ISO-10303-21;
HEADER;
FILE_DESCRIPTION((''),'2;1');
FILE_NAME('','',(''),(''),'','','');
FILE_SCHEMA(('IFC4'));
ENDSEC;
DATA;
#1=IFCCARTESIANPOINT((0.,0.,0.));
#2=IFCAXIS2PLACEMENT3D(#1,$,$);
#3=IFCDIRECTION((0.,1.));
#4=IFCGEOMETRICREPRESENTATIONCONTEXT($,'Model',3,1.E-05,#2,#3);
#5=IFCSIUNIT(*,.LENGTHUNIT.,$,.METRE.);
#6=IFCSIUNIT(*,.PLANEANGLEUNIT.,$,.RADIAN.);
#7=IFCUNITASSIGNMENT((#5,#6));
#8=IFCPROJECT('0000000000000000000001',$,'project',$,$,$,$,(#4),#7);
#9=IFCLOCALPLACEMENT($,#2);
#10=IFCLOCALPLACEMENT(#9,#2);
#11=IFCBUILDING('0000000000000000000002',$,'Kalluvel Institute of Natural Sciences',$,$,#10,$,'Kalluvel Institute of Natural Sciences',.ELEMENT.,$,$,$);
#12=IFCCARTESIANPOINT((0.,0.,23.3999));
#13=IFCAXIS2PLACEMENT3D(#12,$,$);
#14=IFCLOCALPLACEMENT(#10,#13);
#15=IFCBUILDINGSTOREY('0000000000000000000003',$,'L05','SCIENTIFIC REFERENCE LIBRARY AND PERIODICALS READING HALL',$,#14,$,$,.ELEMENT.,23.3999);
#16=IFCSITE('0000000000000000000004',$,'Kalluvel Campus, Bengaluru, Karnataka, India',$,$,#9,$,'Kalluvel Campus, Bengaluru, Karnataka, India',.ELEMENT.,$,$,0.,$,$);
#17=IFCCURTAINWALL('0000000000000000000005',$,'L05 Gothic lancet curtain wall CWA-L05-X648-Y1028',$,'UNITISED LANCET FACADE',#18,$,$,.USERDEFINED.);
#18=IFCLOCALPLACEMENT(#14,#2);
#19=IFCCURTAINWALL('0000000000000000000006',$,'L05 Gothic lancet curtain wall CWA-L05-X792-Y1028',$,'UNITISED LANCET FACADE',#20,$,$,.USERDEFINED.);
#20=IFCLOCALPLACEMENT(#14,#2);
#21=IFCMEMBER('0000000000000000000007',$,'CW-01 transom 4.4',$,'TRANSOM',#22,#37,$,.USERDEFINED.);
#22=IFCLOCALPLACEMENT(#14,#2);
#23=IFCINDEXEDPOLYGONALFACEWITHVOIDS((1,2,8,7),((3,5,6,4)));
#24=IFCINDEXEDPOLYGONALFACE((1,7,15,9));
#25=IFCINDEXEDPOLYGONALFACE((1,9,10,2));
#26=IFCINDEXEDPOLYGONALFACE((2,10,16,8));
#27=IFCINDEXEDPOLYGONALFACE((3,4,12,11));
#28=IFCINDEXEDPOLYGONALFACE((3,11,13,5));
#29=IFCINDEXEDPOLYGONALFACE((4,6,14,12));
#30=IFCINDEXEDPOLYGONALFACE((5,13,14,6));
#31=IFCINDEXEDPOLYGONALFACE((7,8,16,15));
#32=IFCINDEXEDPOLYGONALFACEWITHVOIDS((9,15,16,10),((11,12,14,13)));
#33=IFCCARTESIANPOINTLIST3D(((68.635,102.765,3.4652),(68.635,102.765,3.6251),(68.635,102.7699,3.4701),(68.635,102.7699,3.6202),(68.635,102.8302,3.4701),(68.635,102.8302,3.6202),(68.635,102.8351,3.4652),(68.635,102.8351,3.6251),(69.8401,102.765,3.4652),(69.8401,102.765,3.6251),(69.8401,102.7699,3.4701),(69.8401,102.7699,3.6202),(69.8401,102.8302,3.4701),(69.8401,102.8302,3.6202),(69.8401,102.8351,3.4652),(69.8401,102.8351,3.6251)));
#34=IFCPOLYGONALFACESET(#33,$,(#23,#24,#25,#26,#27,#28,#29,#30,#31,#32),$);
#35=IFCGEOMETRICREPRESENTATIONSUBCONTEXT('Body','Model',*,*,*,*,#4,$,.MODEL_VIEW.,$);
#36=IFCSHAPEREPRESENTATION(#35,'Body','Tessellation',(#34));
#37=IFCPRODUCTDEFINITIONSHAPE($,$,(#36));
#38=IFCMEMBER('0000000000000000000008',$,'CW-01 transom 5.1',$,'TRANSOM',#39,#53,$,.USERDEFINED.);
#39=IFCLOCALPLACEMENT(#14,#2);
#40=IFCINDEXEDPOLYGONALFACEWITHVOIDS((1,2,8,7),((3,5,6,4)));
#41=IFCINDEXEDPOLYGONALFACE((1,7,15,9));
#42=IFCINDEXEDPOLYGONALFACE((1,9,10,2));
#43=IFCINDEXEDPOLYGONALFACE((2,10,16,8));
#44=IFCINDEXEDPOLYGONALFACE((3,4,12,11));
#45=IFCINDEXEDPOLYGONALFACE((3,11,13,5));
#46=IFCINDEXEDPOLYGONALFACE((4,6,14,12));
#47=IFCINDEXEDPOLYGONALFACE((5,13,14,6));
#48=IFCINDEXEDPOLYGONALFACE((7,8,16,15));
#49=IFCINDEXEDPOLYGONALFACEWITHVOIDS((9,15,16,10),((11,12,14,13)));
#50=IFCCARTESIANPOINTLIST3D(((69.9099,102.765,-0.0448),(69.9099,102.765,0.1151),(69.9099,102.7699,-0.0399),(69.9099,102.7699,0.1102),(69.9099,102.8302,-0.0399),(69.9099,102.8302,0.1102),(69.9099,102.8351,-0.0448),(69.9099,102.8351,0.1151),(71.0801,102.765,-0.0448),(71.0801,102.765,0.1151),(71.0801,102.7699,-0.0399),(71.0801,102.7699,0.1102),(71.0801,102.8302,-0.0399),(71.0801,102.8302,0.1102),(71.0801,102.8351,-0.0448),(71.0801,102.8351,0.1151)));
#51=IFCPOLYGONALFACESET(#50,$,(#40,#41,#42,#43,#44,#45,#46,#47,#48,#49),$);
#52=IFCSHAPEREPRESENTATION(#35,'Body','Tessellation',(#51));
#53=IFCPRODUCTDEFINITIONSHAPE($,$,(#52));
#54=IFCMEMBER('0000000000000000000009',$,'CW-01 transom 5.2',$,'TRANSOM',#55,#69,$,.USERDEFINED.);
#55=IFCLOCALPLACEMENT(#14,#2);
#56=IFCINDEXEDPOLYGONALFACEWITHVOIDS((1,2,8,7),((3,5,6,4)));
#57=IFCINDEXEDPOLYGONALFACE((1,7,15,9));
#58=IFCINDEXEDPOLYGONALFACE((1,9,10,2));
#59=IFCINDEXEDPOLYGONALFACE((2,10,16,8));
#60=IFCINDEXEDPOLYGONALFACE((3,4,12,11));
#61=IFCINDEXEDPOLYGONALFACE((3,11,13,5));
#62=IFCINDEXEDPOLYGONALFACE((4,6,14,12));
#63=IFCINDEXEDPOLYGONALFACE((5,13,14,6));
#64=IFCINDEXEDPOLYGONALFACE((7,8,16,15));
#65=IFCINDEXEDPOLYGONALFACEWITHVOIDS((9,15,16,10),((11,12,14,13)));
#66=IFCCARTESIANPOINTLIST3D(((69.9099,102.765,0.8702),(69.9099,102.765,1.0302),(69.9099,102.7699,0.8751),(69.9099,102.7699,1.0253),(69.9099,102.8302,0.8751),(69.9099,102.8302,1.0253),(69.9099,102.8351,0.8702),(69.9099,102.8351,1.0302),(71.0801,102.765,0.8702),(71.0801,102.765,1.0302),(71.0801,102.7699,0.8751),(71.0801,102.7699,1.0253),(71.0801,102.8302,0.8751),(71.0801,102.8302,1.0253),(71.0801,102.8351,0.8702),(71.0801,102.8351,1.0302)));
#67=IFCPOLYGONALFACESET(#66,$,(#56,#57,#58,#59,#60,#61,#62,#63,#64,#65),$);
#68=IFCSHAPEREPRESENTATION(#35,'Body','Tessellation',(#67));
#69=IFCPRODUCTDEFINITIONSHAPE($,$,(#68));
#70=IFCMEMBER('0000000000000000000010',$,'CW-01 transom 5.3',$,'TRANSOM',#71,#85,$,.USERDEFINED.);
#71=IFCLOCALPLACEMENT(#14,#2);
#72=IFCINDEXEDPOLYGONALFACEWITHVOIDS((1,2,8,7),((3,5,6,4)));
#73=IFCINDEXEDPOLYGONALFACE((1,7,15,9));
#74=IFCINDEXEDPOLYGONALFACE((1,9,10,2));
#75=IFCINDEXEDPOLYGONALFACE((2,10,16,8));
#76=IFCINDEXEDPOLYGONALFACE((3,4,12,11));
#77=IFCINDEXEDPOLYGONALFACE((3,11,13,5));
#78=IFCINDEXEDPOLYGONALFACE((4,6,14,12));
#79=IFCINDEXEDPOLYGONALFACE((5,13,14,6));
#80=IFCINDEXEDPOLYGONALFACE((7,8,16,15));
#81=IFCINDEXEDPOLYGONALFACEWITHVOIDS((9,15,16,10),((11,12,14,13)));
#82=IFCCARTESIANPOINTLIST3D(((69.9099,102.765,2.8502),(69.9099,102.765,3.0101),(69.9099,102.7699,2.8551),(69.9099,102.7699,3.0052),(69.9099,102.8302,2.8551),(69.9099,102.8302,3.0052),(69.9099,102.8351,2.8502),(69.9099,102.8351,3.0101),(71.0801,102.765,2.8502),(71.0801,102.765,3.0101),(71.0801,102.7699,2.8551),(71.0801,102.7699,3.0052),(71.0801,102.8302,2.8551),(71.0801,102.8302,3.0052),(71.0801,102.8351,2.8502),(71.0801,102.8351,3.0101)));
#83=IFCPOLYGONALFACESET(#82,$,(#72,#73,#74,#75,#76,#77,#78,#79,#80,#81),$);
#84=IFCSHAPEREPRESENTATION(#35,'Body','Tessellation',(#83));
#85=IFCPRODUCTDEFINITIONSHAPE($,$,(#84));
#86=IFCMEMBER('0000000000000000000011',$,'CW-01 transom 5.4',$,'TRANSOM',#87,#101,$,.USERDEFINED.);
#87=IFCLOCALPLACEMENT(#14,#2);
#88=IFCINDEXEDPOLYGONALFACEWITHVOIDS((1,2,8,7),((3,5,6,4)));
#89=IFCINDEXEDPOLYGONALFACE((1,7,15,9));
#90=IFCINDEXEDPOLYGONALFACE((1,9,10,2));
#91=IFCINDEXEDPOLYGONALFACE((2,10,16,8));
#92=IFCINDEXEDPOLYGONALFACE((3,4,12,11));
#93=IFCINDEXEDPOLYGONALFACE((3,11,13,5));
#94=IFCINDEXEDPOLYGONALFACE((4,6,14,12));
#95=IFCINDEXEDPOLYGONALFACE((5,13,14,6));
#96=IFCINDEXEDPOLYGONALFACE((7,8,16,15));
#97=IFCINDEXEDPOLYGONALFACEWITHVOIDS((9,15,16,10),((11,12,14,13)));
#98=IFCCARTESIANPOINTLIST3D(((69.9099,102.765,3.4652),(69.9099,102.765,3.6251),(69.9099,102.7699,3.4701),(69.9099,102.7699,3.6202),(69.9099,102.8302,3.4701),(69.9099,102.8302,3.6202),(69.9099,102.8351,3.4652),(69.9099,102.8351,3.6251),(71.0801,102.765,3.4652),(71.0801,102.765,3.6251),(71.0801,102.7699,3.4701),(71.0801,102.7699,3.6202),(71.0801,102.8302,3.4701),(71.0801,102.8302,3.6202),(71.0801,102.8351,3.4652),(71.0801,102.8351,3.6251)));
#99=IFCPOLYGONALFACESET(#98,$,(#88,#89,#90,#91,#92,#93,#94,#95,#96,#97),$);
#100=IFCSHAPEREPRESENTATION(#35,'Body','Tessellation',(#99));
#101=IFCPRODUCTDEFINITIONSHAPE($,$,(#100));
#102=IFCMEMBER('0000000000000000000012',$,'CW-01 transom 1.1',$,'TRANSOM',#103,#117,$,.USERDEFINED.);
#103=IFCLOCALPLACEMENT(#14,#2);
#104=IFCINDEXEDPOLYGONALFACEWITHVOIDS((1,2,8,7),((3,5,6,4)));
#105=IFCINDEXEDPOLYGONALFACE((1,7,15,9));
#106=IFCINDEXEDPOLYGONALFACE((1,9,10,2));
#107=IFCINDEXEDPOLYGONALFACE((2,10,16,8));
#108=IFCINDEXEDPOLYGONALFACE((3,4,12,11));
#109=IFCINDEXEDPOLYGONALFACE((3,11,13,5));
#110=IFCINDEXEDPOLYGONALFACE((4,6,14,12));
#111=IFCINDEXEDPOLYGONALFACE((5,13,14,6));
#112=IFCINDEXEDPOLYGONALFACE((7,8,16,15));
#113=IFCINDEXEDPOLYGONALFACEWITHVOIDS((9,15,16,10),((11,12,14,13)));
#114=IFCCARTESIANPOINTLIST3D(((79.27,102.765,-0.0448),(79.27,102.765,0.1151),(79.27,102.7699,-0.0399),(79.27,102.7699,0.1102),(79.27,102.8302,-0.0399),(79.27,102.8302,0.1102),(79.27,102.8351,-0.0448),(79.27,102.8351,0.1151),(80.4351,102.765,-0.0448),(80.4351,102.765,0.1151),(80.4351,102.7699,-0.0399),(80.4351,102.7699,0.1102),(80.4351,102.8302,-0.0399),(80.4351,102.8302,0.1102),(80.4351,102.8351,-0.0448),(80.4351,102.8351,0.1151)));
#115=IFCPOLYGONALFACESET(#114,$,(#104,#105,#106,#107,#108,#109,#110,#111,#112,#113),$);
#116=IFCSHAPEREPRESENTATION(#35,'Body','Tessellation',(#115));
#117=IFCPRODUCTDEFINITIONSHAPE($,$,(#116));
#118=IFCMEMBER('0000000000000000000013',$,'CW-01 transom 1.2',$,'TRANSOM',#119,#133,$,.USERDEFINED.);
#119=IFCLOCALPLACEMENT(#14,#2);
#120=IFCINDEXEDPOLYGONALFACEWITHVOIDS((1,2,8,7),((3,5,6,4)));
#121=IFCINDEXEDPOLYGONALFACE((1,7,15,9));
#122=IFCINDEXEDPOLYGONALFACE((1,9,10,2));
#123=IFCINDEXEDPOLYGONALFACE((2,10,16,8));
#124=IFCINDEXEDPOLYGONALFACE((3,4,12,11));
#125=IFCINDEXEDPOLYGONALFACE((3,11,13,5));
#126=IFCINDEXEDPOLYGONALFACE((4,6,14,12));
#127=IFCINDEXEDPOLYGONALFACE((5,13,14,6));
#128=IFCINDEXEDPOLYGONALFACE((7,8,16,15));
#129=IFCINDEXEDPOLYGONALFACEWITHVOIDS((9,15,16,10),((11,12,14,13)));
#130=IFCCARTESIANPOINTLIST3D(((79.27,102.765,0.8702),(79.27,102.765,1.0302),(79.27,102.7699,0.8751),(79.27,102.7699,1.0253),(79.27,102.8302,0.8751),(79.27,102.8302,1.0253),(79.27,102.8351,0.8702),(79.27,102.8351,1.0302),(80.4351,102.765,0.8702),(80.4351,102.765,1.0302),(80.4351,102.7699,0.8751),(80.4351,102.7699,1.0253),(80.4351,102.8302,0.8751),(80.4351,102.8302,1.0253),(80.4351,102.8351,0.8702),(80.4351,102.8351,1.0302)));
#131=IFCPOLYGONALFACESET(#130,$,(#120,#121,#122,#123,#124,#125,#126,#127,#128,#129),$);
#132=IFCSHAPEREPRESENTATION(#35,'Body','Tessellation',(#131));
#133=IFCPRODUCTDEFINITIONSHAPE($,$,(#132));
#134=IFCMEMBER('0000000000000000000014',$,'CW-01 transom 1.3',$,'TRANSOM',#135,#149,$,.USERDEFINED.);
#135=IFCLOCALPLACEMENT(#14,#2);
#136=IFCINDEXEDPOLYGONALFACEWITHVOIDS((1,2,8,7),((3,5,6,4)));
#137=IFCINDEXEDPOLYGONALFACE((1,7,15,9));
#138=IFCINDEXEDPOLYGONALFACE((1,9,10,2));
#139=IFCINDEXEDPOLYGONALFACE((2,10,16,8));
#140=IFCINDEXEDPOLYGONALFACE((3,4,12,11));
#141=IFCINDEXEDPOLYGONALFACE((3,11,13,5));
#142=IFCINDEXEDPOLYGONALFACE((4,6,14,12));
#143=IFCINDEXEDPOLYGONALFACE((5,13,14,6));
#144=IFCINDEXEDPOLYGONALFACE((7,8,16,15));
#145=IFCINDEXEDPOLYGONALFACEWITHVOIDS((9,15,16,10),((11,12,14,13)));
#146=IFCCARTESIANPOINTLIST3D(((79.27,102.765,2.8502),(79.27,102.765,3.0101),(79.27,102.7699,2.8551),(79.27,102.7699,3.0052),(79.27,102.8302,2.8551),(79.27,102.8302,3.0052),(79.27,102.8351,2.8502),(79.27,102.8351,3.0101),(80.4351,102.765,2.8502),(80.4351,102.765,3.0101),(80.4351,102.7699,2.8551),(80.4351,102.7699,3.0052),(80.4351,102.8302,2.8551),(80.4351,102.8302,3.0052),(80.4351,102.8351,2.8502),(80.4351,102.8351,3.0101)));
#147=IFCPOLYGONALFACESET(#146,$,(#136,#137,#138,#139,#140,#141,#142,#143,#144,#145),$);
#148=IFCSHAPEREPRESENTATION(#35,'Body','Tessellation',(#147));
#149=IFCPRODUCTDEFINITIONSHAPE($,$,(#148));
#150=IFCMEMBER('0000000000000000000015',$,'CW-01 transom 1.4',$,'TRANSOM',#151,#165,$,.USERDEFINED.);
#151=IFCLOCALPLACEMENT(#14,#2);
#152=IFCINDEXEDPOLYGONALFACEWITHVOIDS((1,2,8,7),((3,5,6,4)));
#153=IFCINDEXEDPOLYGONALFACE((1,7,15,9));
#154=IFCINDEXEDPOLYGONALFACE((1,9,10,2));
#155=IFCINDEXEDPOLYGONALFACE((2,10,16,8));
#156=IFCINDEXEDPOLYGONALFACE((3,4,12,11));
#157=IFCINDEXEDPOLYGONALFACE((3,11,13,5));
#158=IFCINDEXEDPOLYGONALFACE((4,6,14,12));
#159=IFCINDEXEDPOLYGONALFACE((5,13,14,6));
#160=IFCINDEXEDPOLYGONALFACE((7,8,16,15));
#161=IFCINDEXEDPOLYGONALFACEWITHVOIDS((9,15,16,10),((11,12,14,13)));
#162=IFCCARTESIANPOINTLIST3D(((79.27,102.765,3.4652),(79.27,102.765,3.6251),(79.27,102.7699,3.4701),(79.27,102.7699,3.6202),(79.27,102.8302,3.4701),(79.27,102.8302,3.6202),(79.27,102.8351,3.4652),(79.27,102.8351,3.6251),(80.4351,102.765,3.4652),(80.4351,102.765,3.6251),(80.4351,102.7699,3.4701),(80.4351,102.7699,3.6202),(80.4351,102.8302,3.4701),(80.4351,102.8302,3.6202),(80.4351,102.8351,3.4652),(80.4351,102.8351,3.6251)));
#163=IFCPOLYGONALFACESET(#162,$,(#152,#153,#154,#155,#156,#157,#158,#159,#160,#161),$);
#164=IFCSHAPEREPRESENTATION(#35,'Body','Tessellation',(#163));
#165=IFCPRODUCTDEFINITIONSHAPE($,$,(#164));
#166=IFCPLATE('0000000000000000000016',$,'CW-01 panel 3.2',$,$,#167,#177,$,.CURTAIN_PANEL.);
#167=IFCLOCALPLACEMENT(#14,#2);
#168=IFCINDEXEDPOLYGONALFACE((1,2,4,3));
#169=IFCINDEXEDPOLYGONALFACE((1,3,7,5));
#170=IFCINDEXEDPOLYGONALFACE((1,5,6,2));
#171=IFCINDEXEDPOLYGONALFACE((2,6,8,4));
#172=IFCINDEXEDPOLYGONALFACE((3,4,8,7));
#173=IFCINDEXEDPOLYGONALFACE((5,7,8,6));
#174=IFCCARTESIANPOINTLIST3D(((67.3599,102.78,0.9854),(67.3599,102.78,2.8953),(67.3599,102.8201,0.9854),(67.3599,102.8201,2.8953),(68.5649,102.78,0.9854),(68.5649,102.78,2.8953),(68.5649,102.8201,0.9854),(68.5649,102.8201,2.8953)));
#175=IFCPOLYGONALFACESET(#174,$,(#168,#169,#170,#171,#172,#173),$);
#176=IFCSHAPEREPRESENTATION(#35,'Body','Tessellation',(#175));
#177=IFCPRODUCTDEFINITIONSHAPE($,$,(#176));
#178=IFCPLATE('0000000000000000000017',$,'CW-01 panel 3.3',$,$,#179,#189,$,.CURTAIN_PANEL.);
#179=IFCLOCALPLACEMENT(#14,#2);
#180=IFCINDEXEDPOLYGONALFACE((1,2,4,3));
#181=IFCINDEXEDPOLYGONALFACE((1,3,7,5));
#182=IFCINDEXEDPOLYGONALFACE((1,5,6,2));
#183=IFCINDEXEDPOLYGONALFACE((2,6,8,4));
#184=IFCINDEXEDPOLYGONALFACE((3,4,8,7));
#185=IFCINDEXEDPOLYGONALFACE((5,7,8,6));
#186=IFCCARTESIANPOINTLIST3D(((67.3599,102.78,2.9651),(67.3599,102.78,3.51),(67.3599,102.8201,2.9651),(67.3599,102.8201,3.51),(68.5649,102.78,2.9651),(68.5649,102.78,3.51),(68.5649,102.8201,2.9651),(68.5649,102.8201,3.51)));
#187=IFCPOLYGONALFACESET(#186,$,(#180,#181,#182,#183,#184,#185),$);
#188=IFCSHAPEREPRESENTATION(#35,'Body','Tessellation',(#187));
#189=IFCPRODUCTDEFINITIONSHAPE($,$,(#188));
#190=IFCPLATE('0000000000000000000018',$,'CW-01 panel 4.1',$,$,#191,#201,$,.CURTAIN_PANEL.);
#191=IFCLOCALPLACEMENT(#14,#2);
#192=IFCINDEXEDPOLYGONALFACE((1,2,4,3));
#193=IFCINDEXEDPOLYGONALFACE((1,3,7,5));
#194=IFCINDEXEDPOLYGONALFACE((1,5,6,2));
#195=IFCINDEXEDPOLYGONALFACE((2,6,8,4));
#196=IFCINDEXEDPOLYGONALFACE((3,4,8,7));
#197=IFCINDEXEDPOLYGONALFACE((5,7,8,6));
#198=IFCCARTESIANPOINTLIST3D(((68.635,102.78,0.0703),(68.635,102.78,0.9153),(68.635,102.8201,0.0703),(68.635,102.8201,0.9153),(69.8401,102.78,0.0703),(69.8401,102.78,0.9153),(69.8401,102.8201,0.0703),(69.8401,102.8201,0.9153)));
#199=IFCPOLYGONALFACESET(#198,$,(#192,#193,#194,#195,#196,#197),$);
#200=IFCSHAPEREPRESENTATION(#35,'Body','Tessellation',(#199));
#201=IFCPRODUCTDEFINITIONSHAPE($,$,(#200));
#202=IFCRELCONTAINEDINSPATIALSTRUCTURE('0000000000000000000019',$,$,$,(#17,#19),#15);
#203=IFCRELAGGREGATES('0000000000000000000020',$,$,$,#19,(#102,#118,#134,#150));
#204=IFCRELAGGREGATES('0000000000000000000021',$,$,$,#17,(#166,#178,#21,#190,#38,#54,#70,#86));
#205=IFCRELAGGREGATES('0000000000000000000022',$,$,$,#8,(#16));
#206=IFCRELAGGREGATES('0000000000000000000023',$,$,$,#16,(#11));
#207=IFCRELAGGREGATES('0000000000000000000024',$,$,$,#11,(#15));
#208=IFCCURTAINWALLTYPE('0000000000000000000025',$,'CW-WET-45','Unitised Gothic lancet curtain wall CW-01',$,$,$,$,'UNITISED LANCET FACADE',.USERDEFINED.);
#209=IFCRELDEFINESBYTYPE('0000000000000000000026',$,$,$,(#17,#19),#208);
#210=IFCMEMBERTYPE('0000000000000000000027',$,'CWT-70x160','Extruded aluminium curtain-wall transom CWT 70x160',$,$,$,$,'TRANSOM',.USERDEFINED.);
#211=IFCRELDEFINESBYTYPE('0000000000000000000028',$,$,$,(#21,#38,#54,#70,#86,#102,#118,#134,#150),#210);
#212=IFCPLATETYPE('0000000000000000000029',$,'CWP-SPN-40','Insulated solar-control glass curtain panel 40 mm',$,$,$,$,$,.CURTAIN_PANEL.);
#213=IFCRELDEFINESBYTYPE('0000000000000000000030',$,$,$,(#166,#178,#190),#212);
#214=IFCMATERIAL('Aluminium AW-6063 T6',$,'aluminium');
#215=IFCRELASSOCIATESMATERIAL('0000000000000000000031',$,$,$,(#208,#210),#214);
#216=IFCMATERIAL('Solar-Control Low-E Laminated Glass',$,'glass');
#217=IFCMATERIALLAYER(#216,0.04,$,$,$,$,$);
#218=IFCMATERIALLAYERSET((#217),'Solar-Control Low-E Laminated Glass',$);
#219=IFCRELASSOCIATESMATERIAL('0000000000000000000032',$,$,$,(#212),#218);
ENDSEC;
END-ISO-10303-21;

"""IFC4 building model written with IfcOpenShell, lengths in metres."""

from ifc_helpers import new_model, si_unit, direction, frame, origin, origin_2d, place, context, subcontext, project, spatial, rectangle, hollow_rectangle, extrude, material, layer, layer_set, material_profile, profile_set, type_object, element, aggregate, save


model = new_model("IFC4")

# Units and contexts
model_context = context("Model", 3, precision=1e-05, world=origin(), true_north=direction((0.0, 1.0)))
body_context = subcontext(model_context, "Body", "Model", "MODEL_VIEW")
ifc_project = project(units=[si_unit("LENGTHUNIT", "METRE"), si_unit("PLANEANGLEUNIT", "RADIAN")], contexts=[model_context])

# Site, building, storey
site_placement = place(None, origin())
site = spatial("IfcSite", under=ifc_project, at=site_placement, Name="Kalluvel Campus, Bengaluru, Karnataka, India", LongName="Kalluvel Campus, Bengaluru, Karnataka, India", CompositionType="ELEMENT", RefElevation=0.0)
building_placement = place(site_placement, origin())
building = spatial("IfcBuilding", under=site, at=building_placement, Name="Kalluvel Institute of Natural Sciences", LongName="Kalluvel Institute of Natural Sciences", CompositionType="ELEMENT")
storey_placement = place(building_placement, frame((0.0, 0.0, 23.3999)))
storey = spatial("IfcBuildingStorey", under=building, at=storey_placement, Name="L05", Description="SCIENTIFIC REFERENCE LIBRARY AND PERIODICALS READING HALL", CompositionType="ELEMENT", Elevation=23.3999)

# Curtain wall
ifc_material_1 = material(Name="Aluminium AW-6063 T6", Category="aluminium")
curtain_wall_type = type_object("IfcCurtainWallType", Name="CW-WET-45", Description="Unitised Gothic lancet curtain wall CW-01", ElementType="UNITISED LANCET FACADE", PredefinedType="USERDEFINED", material=ifc_material_1)
curtain_wall_1_placement = place(storey_placement, origin())
curtain_wall_1 = element("IfcCurtainWall", 1, at=curtain_wall_1_placement, inside=storey, type_object=curtain_wall_type, Name="L05 Gothic lancet curtain wall CWA-L05-X648-Y1028", ObjectType="UNITISED LANCET FACADE", PredefinedType="USERDEFINED")

# Curtain wall
curtain_wall_2_placement = place(storey_placement, origin())
curtain_wall_2 = element("IfcCurtainWall", 2, at=curtain_wall_2_placement, inside=storey, type_object=curtain_wall_type, Name="L05 Gothic lancet curtain wall CWA-L05-X792-Y1028", ObjectType="UNITISED LANCET FACADE", PredefinedType="USERDEFINED")

# Members
ifc_material_profile_1 = material_profile(ifc_material_1, hollow_rectangle(XDim=0.0701, YDim=0.1599, WallThickness=0.0049, at=origin_2d()), Name="CWT 70x160")
ifc_profile_set_1 = profile_set([ifc_material_profile_1], Name="Aluminium AW-6063 T6")
member_type_1 = type_object("IfcMemberType", Name="CWT-70x160", Description="Extruded aluminium curtain-wall transom CWT 70x160", ElementType="TRANSOM", PredefinedType="USERDEFINED", material=ifc_profile_set_1)
member_1_placement = place(storey_placement, frame((68.635, 102.8, 3.5452), z_axis=(1.0, 0.0, 0.0), x_axis=(0.0, 1.0, 0.0)))
member_1 = element("IfcMember", 3, at=member_1_placement, type_object=member_type_1, Name="CW-01 transom 4.4", ObjectType="TRANSOM", PredefinedType="USERDEFINED", context=body_context, shape_type="SweptSolid", body=[
    extrude(hollow_rectangle(XDim=0.0701, YDim=0.1599, WallThickness=0.0049, at=origin_2d()), origin(), (0.0, 0.0, 1.0), 1.2051),
])
member_2_placement = place(storey_placement, frame((69.9099, 102.8, 0.0352), z_axis=(1.0, 0.0, 0.0), x_axis=(0.0, 1.0, 0.0)))
member_2 = element("IfcMember", 4, at=member_2_placement, type_object=member_type_1, Name="CW-01 transom 5.1", ObjectType="TRANSOM", PredefinedType="USERDEFINED", context=body_context, shape_type="SweptSolid", body=[
    extrude(hollow_rectangle(XDim=0.0701, YDim=0.1599, WallThickness=0.0049, at=origin_2d()), origin(), (0.0, 0.0, 1.0), 1.1702),
])
member_3_placement = place(storey_placement, frame((69.9099, 102.8, 0.9502), z_axis=(1.0, 0.0, 0.0), x_axis=(0.0, 1.0, 0.0)))
member_3 = element("IfcMember", 5, at=member_3_placement, type_object=member_type_1, Name="CW-01 transom 5.2", ObjectType="TRANSOM", PredefinedType="USERDEFINED", context=body_context, shape_type="SweptSolid", body=[
    extrude(hollow_rectangle(XDim=0.0701, YDim=0.1599, WallThickness=0.0049, at=origin_2d()), origin(), (0.0, 0.0, 1.0), 1.1702),
])
member_4_placement = place(storey_placement, frame((69.9099, 102.8, 2.9302), z_axis=(1.0, 0.0, 0.0), x_axis=(0.0, 1.0, 0.0)))
member_4 = element("IfcMember", 6, at=member_4_placement, type_object=member_type_1, Name="CW-01 transom 5.3", ObjectType="TRANSOM", PredefinedType="USERDEFINED", context=body_context, shape_type="SweptSolid", body=[
    extrude(hollow_rectangle(XDim=0.0701, YDim=0.1599, WallThickness=0.0049, at=origin_2d()), origin(), (0.0, 0.0, 1.0), 1.1702),
])
member_5_placement = place(storey_placement, frame((69.9099, 102.8, 3.5452), z_axis=(1.0, 0.0, 0.0), x_axis=(0.0, 1.0, 0.0)))
member_5 = element("IfcMember", 7, at=member_5_placement, type_object=member_type_1, Name="CW-01 transom 5.4", ObjectType="TRANSOM", PredefinedType="USERDEFINED", context=body_context, shape_type="SweptSolid", body=[
    extrude(hollow_rectangle(XDim=0.0701, YDim=0.1599, WallThickness=0.0049, at=origin_2d()), origin(), (0.0, 0.0, 1.0), 1.1702),
])
member_6_placement = place(storey_placement, frame((79.27, 102.8, 0.0352), z_axis=(1.0, 0.0, 0.0), x_axis=(0.0, 1.0, 0.0)))
member_6 = element("IfcMember", 8, at=member_6_placement, type_object=member_type_1, Name="CW-01 transom 1.1", ObjectType="TRANSOM", PredefinedType="USERDEFINED", context=body_context, shape_type="SweptSolid", body=[
    extrude(hollow_rectangle(XDim=0.0701, YDim=0.1599, WallThickness=0.0049, at=origin_2d()), origin(), (0.0, 0.0, 1.0), 1.165),
])
member_7_placement = place(storey_placement, frame((79.27, 102.8, 0.9502), z_axis=(1.0, 0.0, 0.0), x_axis=(0.0, 1.0, 0.0)))
member_7 = element("IfcMember", 9, at=member_7_placement, type_object=member_type_1, Name="CW-01 transom 1.2", ObjectType="TRANSOM", PredefinedType="USERDEFINED", context=body_context, shape_type="SweptSolid", body=[
    extrude(hollow_rectangle(XDim=0.0701, YDim=0.1599, WallThickness=0.0049, at=origin_2d()), origin(), (0.0, 0.0, 1.0), 1.165),
])
member_8_placement = place(storey_placement, frame((79.27, 102.8, 2.9302), z_axis=(1.0, 0.0, 0.0), x_axis=(0.0, 1.0, 0.0)))
member_8 = element("IfcMember", 10, at=member_8_placement, type_object=member_type_1, Name="CW-01 transom 1.3", ObjectType="TRANSOM", PredefinedType="USERDEFINED", context=body_context, shape_type="SweptSolid", body=[
    extrude(hollow_rectangle(XDim=0.0701, YDim=0.1599, WallThickness=0.0049, at=origin_2d()), origin(), (0.0, 0.0, 1.0), 1.165),
])
member_9_placement = place(storey_placement, frame((79.27, 102.8, 3.5452), z_axis=(1.0, 0.0, 0.0), x_axis=(0.0, 1.0, 0.0)))
member_9 = element("IfcMember", 11, at=member_9_placement, type_object=member_type_1, Name="CW-01 transom 1.4", ObjectType="TRANSOM", PredefinedType="USERDEFINED", context=body_context, shape_type="SweptSolid", body=[
    extrude(hollow_rectangle(XDim=0.0701, YDim=0.1599, WallThickness=0.0049, at=origin_2d()), origin(), (0.0, 0.0, 1.0), 1.165),
])
aggregate(curtain_wall_2, [member_6, member_7, member_8, member_9])

# Plates
ifc_material_2 = material(Name="Solar-Control Low-E Laminated Glass", Category="glass")
ifc_layer_1 = layer(ifc_material_2, 0.04)
ifc_layer_set_1 = layer_set([ifc_layer_1], Name="Solar-Control Low-E Laminated Glass")
plate_type = type_object("IfcPlateType", Name="CWP-SPN-40", Description="Insulated solar-control glass curtain panel 40 mm", PredefinedType="CURTAIN_PANEL", material=ifc_layer_set_1)
plate_1_placement = place(storey_placement, frame((67.9624, 102.8, 0.9854), z_axis=(0.0, 0.0, 1.0), x_axis=(1.0, 0.0, 0.0)))
plate_1 = element("IfcPlate", 12, at=plate_1_placement, type_object=plate_type, Name="CW-01 panel 3.2", PredefinedType="CURTAIN_PANEL", context=body_context, shape_type="SweptSolid", body=[
    extrude(rectangle(XDim=1.2051, YDim=0.04, at=origin_2d()), origin(), (0.0, 0.0, 1.0), 1.9099),
])
plate_2_placement = place(storey_placement, frame((67.9624, 102.8, 2.9651), z_axis=(0.0, 0.0, 1.0), x_axis=(1.0, 0.0, 0.0)))
plate_2 = element("IfcPlate", 13, at=plate_2_placement, type_object=plate_type, Name="CW-01 panel 3.3", PredefinedType="CURTAIN_PANEL", context=body_context, shape_type="SweptSolid", body=[
    extrude(rectangle(XDim=1.2051, YDim=0.04, at=origin_2d()), origin(), (0.0, 0.0, 1.0), 0.5449),
])
plate_3_placement = place(storey_placement, frame((69.2375, 102.8, 0.0703), z_axis=(0.0, 0.0, 1.0), x_axis=(1.0, 0.0, 0.0)))
plate_3 = element("IfcPlate", 14, at=plate_3_placement, type_object=plate_type, Name="CW-01 panel 4.1", PredefinedType="CURTAIN_PANEL", context=body_context, shape_type="SweptSolid", body=[
    extrude(rectangle(XDim=1.2051, YDim=0.04, at=origin_2d()), origin(), (0.0, 0.0, 1.0), 0.845),
])
aggregate(curtain_wall_1, [plate_1, plate_2, member_1, plate_3, member_2, member_3, member_4, member_5])

save(model, "model.ifc")
